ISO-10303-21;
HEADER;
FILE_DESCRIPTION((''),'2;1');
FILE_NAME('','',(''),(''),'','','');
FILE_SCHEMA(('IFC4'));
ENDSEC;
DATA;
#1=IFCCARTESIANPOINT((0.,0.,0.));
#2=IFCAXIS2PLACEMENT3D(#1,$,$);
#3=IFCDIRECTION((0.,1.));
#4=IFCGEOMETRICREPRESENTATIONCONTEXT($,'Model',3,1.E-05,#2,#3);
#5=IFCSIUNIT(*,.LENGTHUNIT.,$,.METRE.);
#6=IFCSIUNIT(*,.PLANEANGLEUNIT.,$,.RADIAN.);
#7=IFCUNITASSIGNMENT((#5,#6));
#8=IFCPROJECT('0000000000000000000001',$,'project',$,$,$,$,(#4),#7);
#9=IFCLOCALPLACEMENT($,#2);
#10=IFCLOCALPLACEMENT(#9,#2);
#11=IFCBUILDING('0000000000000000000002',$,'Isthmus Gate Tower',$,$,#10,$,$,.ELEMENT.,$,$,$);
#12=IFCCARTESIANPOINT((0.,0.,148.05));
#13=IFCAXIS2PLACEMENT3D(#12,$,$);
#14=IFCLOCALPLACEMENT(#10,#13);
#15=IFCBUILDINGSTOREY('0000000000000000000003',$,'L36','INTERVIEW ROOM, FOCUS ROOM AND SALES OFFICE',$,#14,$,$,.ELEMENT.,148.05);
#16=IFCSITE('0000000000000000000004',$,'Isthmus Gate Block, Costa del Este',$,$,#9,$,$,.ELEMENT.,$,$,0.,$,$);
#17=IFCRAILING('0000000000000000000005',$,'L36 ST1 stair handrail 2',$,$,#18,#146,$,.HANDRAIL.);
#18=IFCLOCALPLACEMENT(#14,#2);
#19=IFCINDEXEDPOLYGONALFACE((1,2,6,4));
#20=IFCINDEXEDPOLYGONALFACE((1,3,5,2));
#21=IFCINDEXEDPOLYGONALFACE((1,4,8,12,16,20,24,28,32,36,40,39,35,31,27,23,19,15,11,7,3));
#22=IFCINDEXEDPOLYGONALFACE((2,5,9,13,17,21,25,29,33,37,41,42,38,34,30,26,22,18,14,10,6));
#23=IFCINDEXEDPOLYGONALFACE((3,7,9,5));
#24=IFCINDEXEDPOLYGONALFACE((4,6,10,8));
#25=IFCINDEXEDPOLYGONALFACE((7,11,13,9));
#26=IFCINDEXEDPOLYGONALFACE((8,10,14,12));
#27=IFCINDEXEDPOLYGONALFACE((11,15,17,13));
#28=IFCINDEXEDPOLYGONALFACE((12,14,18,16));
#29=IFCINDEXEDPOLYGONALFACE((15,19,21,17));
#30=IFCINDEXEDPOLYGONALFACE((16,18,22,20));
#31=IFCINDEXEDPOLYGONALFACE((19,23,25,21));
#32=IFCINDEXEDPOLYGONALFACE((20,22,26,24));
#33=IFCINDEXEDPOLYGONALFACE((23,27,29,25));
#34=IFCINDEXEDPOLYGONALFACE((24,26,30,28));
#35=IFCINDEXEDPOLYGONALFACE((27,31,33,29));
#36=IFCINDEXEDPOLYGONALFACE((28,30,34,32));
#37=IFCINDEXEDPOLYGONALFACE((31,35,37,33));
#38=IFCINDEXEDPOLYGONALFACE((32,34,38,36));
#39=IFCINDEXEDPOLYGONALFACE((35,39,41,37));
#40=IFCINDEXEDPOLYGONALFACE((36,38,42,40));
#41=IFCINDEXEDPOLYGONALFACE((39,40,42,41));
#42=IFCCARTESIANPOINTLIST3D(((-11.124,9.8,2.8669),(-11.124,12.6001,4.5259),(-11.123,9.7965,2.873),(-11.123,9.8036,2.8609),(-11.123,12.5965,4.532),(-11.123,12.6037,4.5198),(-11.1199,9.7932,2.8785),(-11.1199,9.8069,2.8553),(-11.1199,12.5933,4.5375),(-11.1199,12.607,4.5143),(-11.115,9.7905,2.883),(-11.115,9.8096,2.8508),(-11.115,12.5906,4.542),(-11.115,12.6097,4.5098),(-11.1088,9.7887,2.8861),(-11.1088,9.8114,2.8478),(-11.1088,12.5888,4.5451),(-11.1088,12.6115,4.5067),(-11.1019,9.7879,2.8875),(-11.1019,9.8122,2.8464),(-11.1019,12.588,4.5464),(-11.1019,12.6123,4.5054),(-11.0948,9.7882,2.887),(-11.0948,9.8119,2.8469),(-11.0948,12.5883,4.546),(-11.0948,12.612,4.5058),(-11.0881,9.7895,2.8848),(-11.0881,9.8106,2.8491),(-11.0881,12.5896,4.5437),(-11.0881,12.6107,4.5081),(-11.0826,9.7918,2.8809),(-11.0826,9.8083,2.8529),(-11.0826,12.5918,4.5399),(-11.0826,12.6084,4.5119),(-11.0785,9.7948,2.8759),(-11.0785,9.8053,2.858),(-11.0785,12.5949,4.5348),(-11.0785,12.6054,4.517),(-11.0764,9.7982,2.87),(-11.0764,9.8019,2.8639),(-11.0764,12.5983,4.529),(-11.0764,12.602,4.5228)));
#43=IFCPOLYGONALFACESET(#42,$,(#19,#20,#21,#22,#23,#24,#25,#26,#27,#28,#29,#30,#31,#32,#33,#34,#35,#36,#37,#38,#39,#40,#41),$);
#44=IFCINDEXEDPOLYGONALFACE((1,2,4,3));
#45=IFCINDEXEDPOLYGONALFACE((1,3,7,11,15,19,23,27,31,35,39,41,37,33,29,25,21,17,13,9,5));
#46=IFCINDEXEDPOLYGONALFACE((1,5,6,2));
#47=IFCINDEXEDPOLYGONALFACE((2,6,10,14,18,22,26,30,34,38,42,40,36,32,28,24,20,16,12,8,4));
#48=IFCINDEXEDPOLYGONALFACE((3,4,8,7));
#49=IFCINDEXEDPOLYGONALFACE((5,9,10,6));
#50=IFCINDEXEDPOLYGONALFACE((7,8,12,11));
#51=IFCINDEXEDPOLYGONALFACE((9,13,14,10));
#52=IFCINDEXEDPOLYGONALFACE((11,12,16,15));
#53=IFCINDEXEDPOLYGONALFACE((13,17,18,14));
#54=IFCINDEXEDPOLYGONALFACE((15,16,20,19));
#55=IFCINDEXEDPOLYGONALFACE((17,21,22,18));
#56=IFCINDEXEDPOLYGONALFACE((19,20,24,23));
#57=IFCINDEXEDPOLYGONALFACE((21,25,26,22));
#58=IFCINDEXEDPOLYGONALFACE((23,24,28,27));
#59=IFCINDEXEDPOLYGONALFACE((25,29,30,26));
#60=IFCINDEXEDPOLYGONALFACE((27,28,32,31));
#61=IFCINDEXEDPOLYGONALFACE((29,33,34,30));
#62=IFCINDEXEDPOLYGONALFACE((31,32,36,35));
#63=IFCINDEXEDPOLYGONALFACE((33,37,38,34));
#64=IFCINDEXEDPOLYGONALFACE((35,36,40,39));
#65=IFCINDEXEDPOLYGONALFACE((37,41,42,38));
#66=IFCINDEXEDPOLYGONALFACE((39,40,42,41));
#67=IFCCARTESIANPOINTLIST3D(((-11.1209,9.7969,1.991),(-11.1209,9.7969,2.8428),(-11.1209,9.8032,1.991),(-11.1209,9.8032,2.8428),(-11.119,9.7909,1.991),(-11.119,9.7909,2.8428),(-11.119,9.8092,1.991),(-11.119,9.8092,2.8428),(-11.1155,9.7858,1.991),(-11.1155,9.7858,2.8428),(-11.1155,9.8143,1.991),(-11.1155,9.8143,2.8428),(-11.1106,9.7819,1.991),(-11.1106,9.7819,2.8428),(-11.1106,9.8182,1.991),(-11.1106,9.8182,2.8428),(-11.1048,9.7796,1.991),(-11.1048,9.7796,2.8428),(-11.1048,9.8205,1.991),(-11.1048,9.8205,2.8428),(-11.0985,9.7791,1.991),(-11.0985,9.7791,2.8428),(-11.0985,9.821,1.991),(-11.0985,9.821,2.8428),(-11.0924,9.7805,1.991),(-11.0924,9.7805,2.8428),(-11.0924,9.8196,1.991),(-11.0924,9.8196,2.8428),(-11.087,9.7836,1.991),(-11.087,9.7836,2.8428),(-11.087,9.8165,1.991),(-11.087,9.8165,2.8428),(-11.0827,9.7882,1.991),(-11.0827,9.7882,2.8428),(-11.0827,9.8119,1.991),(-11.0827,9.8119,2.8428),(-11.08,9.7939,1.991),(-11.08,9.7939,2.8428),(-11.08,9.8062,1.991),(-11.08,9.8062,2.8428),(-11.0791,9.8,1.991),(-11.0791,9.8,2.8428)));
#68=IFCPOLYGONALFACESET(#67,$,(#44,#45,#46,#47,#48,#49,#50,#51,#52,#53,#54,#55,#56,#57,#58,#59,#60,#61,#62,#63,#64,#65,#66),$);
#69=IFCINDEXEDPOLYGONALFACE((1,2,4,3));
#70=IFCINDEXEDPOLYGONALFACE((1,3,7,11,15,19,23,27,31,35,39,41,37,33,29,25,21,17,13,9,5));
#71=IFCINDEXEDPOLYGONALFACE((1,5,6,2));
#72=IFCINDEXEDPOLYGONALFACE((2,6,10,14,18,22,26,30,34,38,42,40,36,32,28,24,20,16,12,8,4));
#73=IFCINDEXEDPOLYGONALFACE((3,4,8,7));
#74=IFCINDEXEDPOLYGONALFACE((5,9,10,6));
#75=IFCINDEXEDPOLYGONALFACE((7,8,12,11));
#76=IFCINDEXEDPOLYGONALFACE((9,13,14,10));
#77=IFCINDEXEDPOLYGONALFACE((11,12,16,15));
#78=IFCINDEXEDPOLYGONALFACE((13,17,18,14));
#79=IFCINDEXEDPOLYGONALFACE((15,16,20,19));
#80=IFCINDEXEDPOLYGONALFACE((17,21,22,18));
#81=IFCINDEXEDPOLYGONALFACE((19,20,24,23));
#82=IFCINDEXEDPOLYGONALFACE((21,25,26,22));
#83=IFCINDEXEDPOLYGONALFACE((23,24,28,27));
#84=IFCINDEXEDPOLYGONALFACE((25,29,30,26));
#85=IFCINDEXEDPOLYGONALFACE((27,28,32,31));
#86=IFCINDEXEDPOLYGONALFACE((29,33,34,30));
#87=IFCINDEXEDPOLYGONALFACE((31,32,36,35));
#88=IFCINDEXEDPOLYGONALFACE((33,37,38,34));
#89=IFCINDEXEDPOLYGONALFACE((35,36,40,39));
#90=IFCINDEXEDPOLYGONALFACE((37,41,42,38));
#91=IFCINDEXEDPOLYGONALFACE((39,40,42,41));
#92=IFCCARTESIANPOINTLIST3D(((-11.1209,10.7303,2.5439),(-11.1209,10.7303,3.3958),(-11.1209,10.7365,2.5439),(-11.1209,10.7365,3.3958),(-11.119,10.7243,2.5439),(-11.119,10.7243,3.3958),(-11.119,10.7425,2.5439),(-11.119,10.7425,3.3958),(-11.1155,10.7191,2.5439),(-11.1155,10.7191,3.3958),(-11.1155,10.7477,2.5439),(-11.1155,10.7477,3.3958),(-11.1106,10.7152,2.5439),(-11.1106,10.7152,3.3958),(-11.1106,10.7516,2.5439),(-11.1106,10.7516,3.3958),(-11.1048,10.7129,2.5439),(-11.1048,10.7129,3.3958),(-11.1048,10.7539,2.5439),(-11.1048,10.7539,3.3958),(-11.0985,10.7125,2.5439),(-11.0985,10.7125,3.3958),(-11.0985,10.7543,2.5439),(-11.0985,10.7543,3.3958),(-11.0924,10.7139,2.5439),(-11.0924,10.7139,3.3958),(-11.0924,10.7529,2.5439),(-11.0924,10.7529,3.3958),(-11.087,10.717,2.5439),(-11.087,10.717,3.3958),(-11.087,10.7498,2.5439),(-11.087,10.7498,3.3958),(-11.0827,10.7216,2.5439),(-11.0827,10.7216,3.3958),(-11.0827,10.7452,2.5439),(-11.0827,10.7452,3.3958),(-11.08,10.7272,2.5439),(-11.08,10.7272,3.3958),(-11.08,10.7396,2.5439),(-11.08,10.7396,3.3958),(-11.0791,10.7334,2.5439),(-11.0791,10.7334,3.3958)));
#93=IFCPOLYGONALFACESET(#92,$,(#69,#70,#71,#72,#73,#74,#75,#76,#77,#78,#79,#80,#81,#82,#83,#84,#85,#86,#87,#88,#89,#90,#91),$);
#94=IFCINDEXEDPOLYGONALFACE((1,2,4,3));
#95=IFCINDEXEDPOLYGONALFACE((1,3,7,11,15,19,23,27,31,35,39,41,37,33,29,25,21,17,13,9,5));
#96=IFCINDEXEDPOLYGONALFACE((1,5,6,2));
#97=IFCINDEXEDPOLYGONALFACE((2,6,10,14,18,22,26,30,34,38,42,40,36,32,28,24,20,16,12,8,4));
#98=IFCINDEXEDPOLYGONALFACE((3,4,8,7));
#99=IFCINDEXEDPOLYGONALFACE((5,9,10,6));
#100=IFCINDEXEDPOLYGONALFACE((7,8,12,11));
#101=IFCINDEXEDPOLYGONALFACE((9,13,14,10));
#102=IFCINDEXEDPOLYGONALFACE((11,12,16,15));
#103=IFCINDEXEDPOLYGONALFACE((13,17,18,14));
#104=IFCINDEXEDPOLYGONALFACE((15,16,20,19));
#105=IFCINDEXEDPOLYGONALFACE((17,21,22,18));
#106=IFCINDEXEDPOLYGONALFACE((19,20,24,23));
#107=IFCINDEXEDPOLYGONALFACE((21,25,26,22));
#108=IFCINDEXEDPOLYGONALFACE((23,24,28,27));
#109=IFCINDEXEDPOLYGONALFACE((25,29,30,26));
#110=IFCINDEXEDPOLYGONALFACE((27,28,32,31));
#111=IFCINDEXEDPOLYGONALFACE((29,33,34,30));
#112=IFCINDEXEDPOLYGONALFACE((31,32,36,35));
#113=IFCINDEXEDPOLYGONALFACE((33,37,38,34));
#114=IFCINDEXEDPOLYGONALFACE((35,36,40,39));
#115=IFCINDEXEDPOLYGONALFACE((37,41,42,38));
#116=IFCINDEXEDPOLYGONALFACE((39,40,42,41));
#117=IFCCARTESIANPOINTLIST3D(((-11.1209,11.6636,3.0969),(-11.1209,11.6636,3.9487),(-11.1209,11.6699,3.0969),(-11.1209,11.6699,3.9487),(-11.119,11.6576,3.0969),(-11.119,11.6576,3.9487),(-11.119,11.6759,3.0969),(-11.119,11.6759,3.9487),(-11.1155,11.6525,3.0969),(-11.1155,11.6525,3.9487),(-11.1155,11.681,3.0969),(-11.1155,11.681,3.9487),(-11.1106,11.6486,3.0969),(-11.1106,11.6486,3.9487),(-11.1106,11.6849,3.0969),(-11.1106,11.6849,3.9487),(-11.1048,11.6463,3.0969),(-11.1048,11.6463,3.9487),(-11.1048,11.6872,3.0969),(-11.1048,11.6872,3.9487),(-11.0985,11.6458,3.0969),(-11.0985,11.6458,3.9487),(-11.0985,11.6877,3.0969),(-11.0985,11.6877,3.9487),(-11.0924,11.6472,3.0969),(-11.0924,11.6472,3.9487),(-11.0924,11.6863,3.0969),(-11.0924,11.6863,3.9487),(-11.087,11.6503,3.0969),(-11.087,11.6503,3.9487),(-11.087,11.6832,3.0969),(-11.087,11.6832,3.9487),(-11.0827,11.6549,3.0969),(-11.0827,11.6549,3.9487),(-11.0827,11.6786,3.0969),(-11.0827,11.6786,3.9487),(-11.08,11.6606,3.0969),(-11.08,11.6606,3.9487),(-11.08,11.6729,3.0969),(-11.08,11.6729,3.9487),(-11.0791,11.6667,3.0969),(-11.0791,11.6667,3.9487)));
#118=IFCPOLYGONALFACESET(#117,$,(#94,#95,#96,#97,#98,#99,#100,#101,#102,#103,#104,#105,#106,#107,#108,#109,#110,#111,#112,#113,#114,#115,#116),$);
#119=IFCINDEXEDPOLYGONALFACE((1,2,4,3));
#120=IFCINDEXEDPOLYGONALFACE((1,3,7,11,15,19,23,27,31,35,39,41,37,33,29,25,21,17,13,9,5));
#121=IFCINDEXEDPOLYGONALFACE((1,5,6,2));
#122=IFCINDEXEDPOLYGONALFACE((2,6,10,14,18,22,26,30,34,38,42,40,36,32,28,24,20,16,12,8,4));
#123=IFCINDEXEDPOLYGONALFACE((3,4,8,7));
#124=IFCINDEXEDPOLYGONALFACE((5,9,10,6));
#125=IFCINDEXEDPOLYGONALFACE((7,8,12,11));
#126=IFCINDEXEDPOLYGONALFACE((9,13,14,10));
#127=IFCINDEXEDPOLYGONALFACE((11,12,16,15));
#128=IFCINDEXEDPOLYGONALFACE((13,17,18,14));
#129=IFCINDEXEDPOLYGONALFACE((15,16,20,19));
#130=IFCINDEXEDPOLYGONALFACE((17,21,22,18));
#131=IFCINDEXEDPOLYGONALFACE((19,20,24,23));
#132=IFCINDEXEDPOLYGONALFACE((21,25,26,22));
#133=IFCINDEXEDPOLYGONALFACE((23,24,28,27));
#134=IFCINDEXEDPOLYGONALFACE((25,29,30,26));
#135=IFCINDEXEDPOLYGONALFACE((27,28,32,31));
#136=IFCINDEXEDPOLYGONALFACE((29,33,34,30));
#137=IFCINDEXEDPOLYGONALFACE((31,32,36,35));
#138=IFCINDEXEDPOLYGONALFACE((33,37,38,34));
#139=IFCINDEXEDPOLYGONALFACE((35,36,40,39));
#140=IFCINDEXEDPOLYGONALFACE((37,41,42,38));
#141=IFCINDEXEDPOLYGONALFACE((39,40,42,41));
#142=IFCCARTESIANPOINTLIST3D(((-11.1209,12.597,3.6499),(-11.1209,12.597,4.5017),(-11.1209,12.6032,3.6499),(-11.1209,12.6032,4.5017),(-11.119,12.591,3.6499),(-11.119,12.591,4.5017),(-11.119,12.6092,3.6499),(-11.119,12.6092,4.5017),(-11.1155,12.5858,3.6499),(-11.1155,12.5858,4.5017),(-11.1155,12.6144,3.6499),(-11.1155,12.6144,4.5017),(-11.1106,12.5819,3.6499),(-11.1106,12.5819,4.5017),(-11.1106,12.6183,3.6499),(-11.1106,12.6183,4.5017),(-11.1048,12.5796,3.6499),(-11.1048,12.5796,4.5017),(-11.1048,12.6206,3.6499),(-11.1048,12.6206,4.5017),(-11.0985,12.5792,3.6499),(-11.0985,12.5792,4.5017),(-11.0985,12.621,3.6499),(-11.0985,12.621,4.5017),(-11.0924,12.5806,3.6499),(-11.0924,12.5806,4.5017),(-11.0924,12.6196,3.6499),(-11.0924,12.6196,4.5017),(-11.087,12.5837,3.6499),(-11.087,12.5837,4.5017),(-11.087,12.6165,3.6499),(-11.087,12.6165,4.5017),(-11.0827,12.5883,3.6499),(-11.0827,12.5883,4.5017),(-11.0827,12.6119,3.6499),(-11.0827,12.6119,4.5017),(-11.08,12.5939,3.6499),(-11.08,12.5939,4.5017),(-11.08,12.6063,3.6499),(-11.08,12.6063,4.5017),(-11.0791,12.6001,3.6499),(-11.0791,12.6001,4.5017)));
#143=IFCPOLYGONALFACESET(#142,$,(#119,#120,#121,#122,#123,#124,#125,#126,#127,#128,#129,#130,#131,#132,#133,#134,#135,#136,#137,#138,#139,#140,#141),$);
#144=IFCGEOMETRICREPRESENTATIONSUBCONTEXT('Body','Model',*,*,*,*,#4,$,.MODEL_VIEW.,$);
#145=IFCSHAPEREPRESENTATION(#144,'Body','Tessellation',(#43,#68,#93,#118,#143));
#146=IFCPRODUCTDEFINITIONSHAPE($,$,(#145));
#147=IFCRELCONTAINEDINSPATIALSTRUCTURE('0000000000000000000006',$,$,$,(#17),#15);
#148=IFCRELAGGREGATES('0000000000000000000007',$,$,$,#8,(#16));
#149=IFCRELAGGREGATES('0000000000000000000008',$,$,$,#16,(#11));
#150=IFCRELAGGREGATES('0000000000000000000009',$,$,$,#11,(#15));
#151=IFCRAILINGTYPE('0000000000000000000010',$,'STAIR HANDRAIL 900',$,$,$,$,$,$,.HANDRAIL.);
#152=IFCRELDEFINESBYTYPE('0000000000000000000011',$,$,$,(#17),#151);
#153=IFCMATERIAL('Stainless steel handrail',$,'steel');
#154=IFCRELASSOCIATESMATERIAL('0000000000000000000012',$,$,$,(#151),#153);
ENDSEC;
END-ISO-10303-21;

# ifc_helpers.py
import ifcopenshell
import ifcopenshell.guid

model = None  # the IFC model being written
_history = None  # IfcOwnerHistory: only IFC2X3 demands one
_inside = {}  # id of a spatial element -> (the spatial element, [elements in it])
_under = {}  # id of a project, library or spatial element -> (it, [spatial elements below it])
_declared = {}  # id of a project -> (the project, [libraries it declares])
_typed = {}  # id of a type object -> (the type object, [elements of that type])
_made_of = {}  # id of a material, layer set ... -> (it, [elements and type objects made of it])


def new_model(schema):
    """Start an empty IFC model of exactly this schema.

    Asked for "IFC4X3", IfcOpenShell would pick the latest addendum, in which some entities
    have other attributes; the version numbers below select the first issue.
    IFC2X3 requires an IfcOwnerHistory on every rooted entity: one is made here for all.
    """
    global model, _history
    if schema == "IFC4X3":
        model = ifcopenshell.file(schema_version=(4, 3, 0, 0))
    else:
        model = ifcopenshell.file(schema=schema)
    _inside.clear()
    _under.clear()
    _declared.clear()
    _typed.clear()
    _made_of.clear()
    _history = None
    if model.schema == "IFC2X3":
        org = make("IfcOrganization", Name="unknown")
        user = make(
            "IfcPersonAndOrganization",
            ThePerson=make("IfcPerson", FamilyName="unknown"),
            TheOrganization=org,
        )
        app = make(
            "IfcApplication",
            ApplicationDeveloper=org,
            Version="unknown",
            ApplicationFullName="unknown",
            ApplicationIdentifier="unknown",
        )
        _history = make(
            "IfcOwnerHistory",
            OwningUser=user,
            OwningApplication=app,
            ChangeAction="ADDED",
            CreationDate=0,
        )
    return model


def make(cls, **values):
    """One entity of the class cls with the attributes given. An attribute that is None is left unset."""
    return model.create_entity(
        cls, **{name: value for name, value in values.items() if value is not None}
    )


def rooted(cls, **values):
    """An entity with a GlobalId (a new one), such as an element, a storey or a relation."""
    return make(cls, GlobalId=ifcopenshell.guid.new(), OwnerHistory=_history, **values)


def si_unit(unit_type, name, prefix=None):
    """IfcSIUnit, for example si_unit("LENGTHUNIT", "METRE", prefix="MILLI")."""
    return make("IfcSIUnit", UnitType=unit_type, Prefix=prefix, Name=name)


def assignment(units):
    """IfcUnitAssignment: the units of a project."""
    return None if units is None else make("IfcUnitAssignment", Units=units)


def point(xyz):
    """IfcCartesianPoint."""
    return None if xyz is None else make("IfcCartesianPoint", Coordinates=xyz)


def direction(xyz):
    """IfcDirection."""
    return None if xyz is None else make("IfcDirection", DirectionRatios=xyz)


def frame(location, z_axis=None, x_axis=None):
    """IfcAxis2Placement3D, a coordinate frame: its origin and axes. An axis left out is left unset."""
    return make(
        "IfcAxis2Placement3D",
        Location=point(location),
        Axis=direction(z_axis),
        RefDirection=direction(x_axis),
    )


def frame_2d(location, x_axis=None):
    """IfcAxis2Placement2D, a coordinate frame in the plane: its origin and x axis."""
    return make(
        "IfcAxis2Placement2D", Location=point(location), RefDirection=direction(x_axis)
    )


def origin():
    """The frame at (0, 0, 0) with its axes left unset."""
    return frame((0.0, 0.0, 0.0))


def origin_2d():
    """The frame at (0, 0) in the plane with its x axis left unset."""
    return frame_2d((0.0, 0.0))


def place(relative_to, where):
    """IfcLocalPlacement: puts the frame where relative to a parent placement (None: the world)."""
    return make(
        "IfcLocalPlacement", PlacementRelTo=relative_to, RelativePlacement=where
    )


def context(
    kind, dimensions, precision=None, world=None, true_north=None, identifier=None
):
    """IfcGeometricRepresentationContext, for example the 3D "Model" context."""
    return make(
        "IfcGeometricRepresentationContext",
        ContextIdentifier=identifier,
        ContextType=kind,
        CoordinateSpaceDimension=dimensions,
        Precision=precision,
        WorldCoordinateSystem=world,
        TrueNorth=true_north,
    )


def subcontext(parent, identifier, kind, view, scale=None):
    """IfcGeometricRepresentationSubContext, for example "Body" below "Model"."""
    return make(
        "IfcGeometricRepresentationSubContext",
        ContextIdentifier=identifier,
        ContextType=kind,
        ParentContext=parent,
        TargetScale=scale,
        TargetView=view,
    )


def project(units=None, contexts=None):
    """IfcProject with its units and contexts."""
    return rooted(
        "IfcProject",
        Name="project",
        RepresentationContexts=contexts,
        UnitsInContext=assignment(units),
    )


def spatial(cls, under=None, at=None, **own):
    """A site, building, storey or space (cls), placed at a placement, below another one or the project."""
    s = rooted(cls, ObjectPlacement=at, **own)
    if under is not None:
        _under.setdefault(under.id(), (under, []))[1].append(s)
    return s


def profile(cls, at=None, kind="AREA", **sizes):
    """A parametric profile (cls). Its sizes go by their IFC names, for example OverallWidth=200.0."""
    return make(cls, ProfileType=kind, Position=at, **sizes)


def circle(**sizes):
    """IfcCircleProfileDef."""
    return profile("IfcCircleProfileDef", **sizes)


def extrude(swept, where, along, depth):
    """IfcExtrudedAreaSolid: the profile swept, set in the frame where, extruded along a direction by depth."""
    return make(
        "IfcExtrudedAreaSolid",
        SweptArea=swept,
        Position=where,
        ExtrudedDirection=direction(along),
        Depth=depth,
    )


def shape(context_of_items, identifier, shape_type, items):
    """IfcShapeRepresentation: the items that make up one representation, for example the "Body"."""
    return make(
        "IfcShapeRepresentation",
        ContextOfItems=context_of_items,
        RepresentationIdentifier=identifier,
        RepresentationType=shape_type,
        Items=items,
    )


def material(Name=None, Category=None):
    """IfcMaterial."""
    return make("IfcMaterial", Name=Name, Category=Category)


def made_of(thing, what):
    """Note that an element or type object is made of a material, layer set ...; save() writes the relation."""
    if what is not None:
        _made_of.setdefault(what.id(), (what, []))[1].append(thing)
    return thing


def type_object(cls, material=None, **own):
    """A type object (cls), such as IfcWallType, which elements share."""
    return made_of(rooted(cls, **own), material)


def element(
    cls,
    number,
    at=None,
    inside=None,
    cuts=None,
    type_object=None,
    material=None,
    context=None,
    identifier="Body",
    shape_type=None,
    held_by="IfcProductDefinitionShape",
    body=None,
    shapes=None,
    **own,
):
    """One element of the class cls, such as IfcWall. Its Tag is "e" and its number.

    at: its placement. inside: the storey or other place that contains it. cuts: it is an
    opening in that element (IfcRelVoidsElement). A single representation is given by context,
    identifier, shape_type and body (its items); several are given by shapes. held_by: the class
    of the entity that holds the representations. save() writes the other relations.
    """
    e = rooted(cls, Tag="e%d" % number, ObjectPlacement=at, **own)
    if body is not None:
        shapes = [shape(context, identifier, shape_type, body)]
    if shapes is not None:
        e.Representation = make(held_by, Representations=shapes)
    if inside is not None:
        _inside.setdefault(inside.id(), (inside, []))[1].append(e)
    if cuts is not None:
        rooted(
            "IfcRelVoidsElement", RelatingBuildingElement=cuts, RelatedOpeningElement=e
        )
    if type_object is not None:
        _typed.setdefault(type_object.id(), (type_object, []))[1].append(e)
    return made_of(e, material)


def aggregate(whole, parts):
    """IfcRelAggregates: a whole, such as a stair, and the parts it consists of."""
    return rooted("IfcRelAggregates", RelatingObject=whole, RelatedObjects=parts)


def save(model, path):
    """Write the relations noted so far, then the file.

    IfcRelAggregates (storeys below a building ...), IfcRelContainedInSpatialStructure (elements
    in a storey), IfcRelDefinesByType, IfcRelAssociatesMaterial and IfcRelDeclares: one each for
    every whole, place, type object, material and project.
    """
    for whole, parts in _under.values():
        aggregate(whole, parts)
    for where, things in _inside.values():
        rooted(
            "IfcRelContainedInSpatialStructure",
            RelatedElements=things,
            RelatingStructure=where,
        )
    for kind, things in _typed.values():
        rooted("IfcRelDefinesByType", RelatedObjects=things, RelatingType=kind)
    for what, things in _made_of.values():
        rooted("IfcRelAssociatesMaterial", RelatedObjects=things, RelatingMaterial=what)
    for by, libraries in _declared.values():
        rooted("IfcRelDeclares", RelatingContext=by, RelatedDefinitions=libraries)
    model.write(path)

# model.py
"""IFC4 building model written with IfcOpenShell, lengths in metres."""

from ifc_helpers import new_model, si_unit, direction, frame, origin, origin_2d, place, context, subcontext, project, spatial, circle, extrude, material, type_object, element, save


model = new_model("IFC4")

# Units and contexts
model_context = context("Model", 3, precision=1e-05, world=origin(), true_north=direction((0.0, 1.0)))
body_context = subcontext(model_context, "Body", "Model", "MODEL_VIEW")
ifc_project = project(units=[si_unit("LENGTHUNIT", "METRE"), si_unit("PLANEANGLEUNIT", "RADIAN")], contexts=[model_context])

# Site, building, storey
site_placement = place(None, origin())
site = spatial("IfcSite", under=ifc_project, at=site_placement, Name="Isthmus Gate Block, Costa del Este", CompositionType="ELEMENT", RefElevation=0.0)
building_placement = place(site_placement, origin())
building = spatial("IfcBuilding", under=site, at=building_placement, Name="Isthmus Gate Tower", CompositionType="ELEMENT")
storey_placement = place(building_placement, frame((0.0, 0.0, 148.05)))
storey = spatial("IfcBuildingStorey", under=building, at=storey_placement, Name="L36", Description="INTERVIEW ROOM, FOCUS ROOM AND SALES OFFICE", CompositionType="ELEMENT", Elevation=148.05)

# Railing
ifc_material_1 = material(Name="Stainless steel handrail", Category="steel")
railing_type_1 = type_object("IfcRailingType", Name="STAIR HANDRAIL 900", PredefinedType="HANDRAIL", material=ifc_material_1)
railing_1_placement = place(storey_placement, frame((-11.1001, 9.8, 1.991)))
element("IfcRailing", 1, at=railing_1_placement, inside=storey, type_object=railing_type_1, Name="L36 ST1 stair handrail 2", PredefinedType="HANDRAIL", context=body_context, shape_type="SweptSolid", body=[
    extrude(circle(Radius=0.0239, at=origin_2d()), frame((0.0, 0.0, 0.876), z_axis=(0.0, 0.860339, 0.509722), x_axis=(-1.0, 0.0, 0.0)), (0.0, 0.0, 1.0), 3.2546),
    extrude(circle(Radius=0.021, at=origin_2d()), origin(), (0.0, 0.0, 1.0), 0.8518),
    extrude(circle(Radius=0.021, at=origin_2d()), frame((0.0, 0.9333, 0.553)), (0.0, 0.0, 1.0), 0.8518),
    extrude(circle(Radius=0.021, at=origin_2d()), frame((0.0, 1.8667, 1.106)), (0.0, 0.0, 1.0), 0.8518),
    extrude(circle(Radius=0.021, at=origin_2d()), frame((0.0, 2.8, 1.6589)), (0.0, 0.0, 1.0), 0.8518),
])

save(model, "model.ifc")
